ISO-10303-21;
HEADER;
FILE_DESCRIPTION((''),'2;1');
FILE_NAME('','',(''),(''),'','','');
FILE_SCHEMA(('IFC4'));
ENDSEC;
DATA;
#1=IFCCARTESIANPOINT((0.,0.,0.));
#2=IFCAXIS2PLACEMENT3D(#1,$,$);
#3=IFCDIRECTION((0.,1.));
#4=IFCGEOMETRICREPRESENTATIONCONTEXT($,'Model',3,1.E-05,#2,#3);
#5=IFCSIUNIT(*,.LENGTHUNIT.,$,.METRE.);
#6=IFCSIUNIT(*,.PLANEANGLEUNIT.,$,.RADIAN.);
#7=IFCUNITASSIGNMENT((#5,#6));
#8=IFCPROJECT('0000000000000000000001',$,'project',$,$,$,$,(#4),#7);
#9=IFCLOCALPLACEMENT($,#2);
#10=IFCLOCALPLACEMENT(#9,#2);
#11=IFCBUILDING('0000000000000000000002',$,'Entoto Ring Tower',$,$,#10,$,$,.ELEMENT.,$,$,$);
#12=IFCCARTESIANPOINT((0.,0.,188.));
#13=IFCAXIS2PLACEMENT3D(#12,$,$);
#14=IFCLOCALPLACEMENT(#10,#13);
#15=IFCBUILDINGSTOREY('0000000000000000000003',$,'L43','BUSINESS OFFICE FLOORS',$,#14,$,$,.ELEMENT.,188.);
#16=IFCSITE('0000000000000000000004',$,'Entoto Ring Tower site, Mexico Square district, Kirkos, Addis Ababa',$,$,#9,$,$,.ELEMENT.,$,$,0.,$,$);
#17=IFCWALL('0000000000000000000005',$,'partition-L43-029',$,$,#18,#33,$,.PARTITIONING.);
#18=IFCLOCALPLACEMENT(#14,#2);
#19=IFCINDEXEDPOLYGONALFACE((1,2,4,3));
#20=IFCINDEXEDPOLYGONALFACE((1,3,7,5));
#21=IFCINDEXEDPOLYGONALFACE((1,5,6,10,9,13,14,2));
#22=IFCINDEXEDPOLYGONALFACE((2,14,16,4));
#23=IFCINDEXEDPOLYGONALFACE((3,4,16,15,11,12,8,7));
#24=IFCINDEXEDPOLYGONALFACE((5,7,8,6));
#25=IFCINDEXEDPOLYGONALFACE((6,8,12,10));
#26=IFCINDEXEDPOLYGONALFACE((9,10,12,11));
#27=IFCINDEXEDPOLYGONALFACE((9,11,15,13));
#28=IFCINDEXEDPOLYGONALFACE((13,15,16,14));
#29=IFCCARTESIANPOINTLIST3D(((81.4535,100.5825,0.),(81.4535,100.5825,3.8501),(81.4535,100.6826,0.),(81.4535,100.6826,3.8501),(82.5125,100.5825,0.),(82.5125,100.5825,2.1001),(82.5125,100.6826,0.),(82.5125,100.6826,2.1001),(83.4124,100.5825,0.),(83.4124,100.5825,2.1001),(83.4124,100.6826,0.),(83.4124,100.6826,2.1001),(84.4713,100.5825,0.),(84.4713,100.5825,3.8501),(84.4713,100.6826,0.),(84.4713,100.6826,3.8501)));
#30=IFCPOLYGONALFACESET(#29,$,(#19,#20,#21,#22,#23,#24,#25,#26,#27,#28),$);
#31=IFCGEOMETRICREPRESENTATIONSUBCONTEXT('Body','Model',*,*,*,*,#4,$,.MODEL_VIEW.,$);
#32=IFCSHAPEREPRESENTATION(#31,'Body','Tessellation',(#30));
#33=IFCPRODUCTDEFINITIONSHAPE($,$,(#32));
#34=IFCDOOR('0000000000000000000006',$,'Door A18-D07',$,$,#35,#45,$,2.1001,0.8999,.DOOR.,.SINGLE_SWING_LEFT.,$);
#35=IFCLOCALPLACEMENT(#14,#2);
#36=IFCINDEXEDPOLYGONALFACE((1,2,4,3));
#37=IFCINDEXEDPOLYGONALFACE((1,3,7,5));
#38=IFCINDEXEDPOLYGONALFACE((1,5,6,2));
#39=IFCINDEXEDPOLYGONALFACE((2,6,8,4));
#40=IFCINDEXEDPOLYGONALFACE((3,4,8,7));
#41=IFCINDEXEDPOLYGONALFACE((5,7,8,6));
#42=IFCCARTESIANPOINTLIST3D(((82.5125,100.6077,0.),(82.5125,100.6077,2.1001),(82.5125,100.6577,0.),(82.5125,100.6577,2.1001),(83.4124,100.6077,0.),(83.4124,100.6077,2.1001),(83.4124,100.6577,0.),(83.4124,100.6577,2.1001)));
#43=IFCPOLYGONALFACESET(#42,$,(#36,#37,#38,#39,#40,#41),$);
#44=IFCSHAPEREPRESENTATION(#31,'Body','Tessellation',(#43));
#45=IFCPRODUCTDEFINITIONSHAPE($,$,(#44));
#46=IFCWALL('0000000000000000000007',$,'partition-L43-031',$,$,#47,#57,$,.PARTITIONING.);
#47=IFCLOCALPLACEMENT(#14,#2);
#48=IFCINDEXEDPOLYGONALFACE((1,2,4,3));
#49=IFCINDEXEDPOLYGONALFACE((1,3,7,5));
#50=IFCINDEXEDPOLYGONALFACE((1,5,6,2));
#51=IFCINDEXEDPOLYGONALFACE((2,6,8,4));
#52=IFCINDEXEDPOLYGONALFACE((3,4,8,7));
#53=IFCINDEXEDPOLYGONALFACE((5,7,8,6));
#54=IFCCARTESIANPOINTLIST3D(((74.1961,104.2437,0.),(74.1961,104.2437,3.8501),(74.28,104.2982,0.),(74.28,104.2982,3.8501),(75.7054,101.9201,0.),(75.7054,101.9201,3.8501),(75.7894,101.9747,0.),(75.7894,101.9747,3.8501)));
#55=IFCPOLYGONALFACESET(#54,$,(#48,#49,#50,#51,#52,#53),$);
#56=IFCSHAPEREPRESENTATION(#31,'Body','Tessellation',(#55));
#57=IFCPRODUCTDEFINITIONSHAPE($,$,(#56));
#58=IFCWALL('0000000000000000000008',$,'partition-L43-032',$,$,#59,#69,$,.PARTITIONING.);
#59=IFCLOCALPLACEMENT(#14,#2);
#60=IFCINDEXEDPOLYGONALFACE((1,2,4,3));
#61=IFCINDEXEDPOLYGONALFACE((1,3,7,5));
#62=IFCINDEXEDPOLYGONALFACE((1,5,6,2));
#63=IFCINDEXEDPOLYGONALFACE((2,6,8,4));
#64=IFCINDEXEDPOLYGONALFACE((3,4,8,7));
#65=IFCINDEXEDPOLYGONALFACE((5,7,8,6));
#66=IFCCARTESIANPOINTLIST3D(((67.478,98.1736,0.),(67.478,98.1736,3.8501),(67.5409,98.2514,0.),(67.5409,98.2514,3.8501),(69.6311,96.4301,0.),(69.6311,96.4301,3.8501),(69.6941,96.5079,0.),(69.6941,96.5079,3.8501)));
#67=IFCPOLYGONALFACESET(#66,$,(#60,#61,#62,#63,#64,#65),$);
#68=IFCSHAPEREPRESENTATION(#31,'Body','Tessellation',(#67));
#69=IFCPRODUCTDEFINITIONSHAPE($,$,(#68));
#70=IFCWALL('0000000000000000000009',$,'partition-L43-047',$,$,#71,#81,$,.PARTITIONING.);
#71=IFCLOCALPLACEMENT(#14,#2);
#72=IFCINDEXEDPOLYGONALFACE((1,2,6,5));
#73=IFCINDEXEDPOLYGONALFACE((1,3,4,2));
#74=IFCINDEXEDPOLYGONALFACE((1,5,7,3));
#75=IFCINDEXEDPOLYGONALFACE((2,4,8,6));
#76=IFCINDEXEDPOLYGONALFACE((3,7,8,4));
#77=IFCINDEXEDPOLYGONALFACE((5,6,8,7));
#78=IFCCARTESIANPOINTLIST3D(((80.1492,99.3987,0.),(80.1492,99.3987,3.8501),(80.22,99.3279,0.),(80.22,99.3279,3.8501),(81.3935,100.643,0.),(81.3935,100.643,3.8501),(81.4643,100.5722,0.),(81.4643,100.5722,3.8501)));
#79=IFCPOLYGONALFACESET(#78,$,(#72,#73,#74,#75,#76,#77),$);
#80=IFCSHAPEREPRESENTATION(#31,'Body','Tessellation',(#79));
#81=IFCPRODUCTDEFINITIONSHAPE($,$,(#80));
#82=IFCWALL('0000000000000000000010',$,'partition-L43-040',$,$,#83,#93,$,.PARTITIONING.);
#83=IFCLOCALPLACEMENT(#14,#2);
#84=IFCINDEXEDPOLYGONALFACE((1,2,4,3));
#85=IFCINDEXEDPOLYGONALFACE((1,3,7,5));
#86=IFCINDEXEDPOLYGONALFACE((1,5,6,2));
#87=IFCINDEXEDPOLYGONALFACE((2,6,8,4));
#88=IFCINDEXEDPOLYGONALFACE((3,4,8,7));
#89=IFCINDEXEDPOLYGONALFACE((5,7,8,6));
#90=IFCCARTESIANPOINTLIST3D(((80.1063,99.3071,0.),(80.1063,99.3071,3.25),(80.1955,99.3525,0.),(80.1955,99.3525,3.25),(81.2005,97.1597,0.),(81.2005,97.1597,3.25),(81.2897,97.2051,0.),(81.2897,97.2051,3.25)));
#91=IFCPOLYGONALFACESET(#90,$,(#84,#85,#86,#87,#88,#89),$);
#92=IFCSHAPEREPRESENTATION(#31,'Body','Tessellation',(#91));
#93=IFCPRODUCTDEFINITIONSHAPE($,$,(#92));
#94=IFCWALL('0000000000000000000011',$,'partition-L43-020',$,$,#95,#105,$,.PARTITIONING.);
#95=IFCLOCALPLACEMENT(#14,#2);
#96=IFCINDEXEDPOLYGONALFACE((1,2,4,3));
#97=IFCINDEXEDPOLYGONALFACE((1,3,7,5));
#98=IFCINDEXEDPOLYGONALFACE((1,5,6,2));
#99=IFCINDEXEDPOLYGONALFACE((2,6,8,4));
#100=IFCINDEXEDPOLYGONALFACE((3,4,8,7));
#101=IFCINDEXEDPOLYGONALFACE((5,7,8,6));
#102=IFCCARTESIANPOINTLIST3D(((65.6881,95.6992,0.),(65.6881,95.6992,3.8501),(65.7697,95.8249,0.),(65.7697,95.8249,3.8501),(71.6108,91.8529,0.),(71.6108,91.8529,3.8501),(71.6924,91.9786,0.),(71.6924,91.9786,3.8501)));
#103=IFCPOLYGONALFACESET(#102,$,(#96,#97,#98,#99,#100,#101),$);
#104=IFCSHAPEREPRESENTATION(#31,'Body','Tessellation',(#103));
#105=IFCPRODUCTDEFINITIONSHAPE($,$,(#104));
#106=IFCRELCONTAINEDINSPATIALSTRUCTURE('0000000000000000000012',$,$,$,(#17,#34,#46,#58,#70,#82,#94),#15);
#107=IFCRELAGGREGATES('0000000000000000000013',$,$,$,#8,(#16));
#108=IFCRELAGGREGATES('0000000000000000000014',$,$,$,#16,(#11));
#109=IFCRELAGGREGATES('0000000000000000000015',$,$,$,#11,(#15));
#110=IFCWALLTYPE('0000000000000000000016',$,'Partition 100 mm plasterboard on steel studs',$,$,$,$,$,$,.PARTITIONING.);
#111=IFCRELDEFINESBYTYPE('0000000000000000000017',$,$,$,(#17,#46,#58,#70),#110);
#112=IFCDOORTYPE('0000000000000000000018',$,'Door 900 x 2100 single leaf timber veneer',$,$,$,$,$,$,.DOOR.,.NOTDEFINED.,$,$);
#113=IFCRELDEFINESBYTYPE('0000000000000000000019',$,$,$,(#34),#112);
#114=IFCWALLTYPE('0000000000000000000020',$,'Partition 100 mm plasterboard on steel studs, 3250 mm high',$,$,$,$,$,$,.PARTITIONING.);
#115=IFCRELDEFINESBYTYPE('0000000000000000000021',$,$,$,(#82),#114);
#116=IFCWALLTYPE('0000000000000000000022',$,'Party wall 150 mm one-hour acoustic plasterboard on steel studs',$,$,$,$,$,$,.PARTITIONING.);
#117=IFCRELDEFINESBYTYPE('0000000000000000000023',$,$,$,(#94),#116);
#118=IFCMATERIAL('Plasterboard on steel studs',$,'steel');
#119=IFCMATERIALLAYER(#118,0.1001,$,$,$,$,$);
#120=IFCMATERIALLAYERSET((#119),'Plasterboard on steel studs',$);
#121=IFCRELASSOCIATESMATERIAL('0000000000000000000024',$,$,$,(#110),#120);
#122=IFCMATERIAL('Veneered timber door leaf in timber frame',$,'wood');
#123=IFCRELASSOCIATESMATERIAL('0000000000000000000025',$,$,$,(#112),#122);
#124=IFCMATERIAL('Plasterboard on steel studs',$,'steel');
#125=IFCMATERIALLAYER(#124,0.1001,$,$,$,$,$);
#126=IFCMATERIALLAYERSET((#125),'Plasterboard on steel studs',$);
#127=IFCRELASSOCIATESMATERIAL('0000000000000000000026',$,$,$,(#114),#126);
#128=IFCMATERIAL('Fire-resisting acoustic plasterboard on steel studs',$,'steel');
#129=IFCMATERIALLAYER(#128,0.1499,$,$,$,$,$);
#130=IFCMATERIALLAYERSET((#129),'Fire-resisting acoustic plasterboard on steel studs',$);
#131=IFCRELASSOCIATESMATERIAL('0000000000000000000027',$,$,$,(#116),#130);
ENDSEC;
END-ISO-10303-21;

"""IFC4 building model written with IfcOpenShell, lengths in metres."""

from ifc_helpers import new_model, si_unit, direction, frame, frame_2d, origin, place, context, subcontext, project, spatial, rectangle, extrude, material, layer, layer_set, type_object, element, fill, save


model = new_model("IFC4")

# Units and contexts
model_context = context("Model", 3, precision=1e-05, world=origin(), true_north=direction((0.0, 1.0)))
body_context = subcontext(model_context, "Body", "Model", "MODEL_VIEW")
ifc_project = project(units=[si_unit("LENGTHUNIT", "METRE"), si_unit("PLANEANGLEUNIT", "RADIAN")], contexts=[model_context])

# Site, building, storey
site_placement = place(None, origin())
site = spatial("IfcSite", under=ifc_project, at=site_placement, Name="Entoto Ring Tower site, Mexico Square district, Kirkos, Addis Ababa", CompositionType="ELEMENT", RefElevation=0.0)
building_placement = place(site_placement, origin())
building = spatial("IfcBuilding", under=site, at=building_placement, Name="Entoto Ring Tower", CompositionType="ELEMENT")
storey_placement = place(building_placement, frame((0.0, 0.0, 188.0)))
storey = spatial("IfcBuildingStorey", under=building, at=storey_placement, Name="L43", Description="BUSINESS OFFICE FLOORS", CompositionType="ELEMENT", Elevation=188.0)

# Wall, opening, door
ifc_material_1 = material(Name="Plasterboard on steel studs", Category="steel")
ifc_layer_1 = layer(ifc_material_1, 0.1001)
ifc_layer_set_1 = layer_set([ifc_layer_1], Name="Plasterboard on steel studs")
wall_type_1 = type_object("IfcWallType", Name="Partition 100 mm plasterboard on steel studs", PredefinedType="PARTITIONING", material=ifc_layer_set_1)
ifc_material_2 = material(Name="Veneered timber door leaf in timber frame", Category="wood")
door_type_1 = type_object("IfcDoorType", Name="Door 900 x 2100 single leaf timber veneer", OperationType="NOTDEFINED", PredefinedType="DOOR", material=ifc_material_2)
wall_1_placement = place(storey_placement, frame((81.4536, 100.6326, 0.0), z_axis=(0.0, 0.0, 1.0), x_axis=(1.0, 0.0, 0.0)))
wall_1 = element("IfcWall", 1, at=wall_1_placement, inside=storey, type_object=wall_type_1, Name="partition-L43-029", PredefinedType="PARTITIONING", context=body_context, shape_type="SweptSolid", body=[
    extrude(rectangle(XDim=3.0178, YDim=0.1001, at=frame_2d((1.5088, 0.0))), origin(), (0.0, 0.0, 1.0), 3.8501),
])
opening_1_placement = place(wall_1_placement, frame((1.0588, 0.0, 0.0)))
opening_1 = element("IfcOpeningElement", 2, at=opening_1_placement, cuts=wall_1, PredefinedType="OPENING", context=body_context, shape_type="SweptSolid", body=[
    extrude(rectangle(XDim=0.8999, YDim=2.1001, at=frame_2d((0.45, 1.05))), frame((0.0, 0.0601, 0.0), z_axis=(0.0, -1.0, 0.0), x_axis=(1.0, 0.0, 0.0)), (0.0, 0.0, 1.0), 0.1201),
])
door_1_placement = place(opening_1_placement, frame((0.8999, 0.0, 0.0), z_axis=(0.0, 0.0, 1.0), x_axis=(-1.0, 0.0, 0.0)))
door_1 = element("IfcDoor", 3, at=door_1_placement, inside=storey, type_object=door_type_1, Name="Door A18-D07", OperationType="SINGLE_SWING_LEFT", OverallHeight=2.1001, OverallWidth=0.8999, PredefinedType="DOOR", context=body_context, shape_type="SweptSolid", body=[
    extrude(rectangle(XDim=0.8999, YDim=2.1001, at=frame_2d((0.45, 1.05))), frame((0.0, 0.0249, 0.0), z_axis=(0.0, -1.0, 0.0), x_axis=(1.0, 0.0, 0.0)), (0.0, 0.0, 1.0), 0.05),
])
fill(opening_1, door_1)

# Walls
wall_2_placement = place(storey_placement, frame((75.7473, 101.9475, 0.0), z_axis=(0.0, 0.0, 1.0), x_axis=(-0.544737, 0.838607, 0.0)))
element("IfcWall", 4, at=wall_2_placement, inside=storey, type_object=wall_type_1, Name="partition-L43-031", PredefinedType="PARTITIONING", context=body_context, shape_type="SweptSolid", body=[
    extrude(rectangle(XDim=2.7708, YDim=0.1001, at=frame_2d((1.3853, 0.0))), origin(), (0.0, 0.0, 1.0), 3.8501),
])
wall_3_placement = place(storey_placement, frame((69.6626, 96.469, 0.0), z_axis=(0.0, 0.0, 1.0), x_axis=(-0.777167, 0.629295, 0.0)))
element("IfcWall", 5, at=wall_3_placement, inside=storey, type_object=wall_type_1, Name="partition-L43-032", PredefinedType="PARTITIONING", context=body_context, shape_type="SweptSolid", body=[
    extrude(rectangle(XDim=2.7705, YDim=0.1001, at=frame_2d((1.3853, 0.0))), origin(), (0.0, 0.0, 1.0), 3.8501),
])
wall_4_placement = place(storey_placement, frame((80.1846, 99.3633, 0.0), z_axis=(0.0, 0.0, 1.0), x_axis=(0.707107, 0.707107, 0.0)))
element("IfcWall", 6, at=wall_4_placement, inside=storey, type_object=wall_type_1, Name="partition-L43-047", PredefinedType="PARTITIONING", context=body_context, shape_type="SweptSolid", body=[
    extrude(rectangle(XDim=1.7598, YDim=0.1001, at=frame_2d((0.8799, 0.0))), origin(), (0.0, 0.0, 1.0), 3.8501),
])
ifc_material_3 = material(Name="Plasterboard on steel studs", Category="steel")
ifc_layer_2 = layer(ifc_material_3, 0.1001)
ifc_layer_set_2 = layer_set([ifc_layer_2], Name="Plasterboard on steel studs")
wall_type_2 = type_object("IfcWallType", Name="Partition 100 mm plasterboard on steel studs, 3250 mm high", PredefinedType="PARTITIONING", material=ifc_layer_set_2)
wall_5_placement = place(storey_placement, frame((81.2451, 97.1824, 0.0), z_axis=(0.0, 0.0, 1.0), x_axis=(-0.454008, 0.890998, 0.0)))
element("IfcWall", 7, at=wall_5_placement, inside=storey, type_object=wall_type_2, Name="partition-L43-040", PredefinedType="PARTITIONING", context=body_context, shape_type="SweptSolid", body=[
    extrude(rectangle(XDim=2.4102, YDim=0.1001, at=frame_2d((1.2051, 0.0))), origin(), (0.0, 0.0, 1.0), 3.25),
])
ifc_material_4 = material(Name="Fire-resisting acoustic plasterboard on steel studs", Category="steel")
ifc_layer_3 = layer(ifc_material_4, 0.1499)
ifc_layer_set_3 = layer_set([ifc_layer_3], Name="Fire-resisting acoustic plasterboard on steel studs")
wall_type_3 = type_object("IfcWallType", Name="Party wall 150 mm one-hour acoustic plasterboard on steel studs", PredefinedType="PARTITIONING", material=ifc_layer_set_3)
wall_6_placement = place(storey_placement, frame((71.6516, 91.9158, 0.0), z_axis=(0.0, 0.0, 1.0), x_axis=(-0.83867, 0.54464, 0.0)))
element("IfcWall", 8, at=wall_6_placement, inside=storey, type_object=wall_type_3, Name="partition-L43-020", PredefinedType="PARTITIONING", context=body_context, shape_type="SweptSolid", body=[
    extrude(rectangle(XDim=7.062, YDim=0.1499, at=frame_2d((3.531, 0.0))), origin(), (0.0, 0.0, 1.0), 3.8501),
])

save(model, "model.ifc")
